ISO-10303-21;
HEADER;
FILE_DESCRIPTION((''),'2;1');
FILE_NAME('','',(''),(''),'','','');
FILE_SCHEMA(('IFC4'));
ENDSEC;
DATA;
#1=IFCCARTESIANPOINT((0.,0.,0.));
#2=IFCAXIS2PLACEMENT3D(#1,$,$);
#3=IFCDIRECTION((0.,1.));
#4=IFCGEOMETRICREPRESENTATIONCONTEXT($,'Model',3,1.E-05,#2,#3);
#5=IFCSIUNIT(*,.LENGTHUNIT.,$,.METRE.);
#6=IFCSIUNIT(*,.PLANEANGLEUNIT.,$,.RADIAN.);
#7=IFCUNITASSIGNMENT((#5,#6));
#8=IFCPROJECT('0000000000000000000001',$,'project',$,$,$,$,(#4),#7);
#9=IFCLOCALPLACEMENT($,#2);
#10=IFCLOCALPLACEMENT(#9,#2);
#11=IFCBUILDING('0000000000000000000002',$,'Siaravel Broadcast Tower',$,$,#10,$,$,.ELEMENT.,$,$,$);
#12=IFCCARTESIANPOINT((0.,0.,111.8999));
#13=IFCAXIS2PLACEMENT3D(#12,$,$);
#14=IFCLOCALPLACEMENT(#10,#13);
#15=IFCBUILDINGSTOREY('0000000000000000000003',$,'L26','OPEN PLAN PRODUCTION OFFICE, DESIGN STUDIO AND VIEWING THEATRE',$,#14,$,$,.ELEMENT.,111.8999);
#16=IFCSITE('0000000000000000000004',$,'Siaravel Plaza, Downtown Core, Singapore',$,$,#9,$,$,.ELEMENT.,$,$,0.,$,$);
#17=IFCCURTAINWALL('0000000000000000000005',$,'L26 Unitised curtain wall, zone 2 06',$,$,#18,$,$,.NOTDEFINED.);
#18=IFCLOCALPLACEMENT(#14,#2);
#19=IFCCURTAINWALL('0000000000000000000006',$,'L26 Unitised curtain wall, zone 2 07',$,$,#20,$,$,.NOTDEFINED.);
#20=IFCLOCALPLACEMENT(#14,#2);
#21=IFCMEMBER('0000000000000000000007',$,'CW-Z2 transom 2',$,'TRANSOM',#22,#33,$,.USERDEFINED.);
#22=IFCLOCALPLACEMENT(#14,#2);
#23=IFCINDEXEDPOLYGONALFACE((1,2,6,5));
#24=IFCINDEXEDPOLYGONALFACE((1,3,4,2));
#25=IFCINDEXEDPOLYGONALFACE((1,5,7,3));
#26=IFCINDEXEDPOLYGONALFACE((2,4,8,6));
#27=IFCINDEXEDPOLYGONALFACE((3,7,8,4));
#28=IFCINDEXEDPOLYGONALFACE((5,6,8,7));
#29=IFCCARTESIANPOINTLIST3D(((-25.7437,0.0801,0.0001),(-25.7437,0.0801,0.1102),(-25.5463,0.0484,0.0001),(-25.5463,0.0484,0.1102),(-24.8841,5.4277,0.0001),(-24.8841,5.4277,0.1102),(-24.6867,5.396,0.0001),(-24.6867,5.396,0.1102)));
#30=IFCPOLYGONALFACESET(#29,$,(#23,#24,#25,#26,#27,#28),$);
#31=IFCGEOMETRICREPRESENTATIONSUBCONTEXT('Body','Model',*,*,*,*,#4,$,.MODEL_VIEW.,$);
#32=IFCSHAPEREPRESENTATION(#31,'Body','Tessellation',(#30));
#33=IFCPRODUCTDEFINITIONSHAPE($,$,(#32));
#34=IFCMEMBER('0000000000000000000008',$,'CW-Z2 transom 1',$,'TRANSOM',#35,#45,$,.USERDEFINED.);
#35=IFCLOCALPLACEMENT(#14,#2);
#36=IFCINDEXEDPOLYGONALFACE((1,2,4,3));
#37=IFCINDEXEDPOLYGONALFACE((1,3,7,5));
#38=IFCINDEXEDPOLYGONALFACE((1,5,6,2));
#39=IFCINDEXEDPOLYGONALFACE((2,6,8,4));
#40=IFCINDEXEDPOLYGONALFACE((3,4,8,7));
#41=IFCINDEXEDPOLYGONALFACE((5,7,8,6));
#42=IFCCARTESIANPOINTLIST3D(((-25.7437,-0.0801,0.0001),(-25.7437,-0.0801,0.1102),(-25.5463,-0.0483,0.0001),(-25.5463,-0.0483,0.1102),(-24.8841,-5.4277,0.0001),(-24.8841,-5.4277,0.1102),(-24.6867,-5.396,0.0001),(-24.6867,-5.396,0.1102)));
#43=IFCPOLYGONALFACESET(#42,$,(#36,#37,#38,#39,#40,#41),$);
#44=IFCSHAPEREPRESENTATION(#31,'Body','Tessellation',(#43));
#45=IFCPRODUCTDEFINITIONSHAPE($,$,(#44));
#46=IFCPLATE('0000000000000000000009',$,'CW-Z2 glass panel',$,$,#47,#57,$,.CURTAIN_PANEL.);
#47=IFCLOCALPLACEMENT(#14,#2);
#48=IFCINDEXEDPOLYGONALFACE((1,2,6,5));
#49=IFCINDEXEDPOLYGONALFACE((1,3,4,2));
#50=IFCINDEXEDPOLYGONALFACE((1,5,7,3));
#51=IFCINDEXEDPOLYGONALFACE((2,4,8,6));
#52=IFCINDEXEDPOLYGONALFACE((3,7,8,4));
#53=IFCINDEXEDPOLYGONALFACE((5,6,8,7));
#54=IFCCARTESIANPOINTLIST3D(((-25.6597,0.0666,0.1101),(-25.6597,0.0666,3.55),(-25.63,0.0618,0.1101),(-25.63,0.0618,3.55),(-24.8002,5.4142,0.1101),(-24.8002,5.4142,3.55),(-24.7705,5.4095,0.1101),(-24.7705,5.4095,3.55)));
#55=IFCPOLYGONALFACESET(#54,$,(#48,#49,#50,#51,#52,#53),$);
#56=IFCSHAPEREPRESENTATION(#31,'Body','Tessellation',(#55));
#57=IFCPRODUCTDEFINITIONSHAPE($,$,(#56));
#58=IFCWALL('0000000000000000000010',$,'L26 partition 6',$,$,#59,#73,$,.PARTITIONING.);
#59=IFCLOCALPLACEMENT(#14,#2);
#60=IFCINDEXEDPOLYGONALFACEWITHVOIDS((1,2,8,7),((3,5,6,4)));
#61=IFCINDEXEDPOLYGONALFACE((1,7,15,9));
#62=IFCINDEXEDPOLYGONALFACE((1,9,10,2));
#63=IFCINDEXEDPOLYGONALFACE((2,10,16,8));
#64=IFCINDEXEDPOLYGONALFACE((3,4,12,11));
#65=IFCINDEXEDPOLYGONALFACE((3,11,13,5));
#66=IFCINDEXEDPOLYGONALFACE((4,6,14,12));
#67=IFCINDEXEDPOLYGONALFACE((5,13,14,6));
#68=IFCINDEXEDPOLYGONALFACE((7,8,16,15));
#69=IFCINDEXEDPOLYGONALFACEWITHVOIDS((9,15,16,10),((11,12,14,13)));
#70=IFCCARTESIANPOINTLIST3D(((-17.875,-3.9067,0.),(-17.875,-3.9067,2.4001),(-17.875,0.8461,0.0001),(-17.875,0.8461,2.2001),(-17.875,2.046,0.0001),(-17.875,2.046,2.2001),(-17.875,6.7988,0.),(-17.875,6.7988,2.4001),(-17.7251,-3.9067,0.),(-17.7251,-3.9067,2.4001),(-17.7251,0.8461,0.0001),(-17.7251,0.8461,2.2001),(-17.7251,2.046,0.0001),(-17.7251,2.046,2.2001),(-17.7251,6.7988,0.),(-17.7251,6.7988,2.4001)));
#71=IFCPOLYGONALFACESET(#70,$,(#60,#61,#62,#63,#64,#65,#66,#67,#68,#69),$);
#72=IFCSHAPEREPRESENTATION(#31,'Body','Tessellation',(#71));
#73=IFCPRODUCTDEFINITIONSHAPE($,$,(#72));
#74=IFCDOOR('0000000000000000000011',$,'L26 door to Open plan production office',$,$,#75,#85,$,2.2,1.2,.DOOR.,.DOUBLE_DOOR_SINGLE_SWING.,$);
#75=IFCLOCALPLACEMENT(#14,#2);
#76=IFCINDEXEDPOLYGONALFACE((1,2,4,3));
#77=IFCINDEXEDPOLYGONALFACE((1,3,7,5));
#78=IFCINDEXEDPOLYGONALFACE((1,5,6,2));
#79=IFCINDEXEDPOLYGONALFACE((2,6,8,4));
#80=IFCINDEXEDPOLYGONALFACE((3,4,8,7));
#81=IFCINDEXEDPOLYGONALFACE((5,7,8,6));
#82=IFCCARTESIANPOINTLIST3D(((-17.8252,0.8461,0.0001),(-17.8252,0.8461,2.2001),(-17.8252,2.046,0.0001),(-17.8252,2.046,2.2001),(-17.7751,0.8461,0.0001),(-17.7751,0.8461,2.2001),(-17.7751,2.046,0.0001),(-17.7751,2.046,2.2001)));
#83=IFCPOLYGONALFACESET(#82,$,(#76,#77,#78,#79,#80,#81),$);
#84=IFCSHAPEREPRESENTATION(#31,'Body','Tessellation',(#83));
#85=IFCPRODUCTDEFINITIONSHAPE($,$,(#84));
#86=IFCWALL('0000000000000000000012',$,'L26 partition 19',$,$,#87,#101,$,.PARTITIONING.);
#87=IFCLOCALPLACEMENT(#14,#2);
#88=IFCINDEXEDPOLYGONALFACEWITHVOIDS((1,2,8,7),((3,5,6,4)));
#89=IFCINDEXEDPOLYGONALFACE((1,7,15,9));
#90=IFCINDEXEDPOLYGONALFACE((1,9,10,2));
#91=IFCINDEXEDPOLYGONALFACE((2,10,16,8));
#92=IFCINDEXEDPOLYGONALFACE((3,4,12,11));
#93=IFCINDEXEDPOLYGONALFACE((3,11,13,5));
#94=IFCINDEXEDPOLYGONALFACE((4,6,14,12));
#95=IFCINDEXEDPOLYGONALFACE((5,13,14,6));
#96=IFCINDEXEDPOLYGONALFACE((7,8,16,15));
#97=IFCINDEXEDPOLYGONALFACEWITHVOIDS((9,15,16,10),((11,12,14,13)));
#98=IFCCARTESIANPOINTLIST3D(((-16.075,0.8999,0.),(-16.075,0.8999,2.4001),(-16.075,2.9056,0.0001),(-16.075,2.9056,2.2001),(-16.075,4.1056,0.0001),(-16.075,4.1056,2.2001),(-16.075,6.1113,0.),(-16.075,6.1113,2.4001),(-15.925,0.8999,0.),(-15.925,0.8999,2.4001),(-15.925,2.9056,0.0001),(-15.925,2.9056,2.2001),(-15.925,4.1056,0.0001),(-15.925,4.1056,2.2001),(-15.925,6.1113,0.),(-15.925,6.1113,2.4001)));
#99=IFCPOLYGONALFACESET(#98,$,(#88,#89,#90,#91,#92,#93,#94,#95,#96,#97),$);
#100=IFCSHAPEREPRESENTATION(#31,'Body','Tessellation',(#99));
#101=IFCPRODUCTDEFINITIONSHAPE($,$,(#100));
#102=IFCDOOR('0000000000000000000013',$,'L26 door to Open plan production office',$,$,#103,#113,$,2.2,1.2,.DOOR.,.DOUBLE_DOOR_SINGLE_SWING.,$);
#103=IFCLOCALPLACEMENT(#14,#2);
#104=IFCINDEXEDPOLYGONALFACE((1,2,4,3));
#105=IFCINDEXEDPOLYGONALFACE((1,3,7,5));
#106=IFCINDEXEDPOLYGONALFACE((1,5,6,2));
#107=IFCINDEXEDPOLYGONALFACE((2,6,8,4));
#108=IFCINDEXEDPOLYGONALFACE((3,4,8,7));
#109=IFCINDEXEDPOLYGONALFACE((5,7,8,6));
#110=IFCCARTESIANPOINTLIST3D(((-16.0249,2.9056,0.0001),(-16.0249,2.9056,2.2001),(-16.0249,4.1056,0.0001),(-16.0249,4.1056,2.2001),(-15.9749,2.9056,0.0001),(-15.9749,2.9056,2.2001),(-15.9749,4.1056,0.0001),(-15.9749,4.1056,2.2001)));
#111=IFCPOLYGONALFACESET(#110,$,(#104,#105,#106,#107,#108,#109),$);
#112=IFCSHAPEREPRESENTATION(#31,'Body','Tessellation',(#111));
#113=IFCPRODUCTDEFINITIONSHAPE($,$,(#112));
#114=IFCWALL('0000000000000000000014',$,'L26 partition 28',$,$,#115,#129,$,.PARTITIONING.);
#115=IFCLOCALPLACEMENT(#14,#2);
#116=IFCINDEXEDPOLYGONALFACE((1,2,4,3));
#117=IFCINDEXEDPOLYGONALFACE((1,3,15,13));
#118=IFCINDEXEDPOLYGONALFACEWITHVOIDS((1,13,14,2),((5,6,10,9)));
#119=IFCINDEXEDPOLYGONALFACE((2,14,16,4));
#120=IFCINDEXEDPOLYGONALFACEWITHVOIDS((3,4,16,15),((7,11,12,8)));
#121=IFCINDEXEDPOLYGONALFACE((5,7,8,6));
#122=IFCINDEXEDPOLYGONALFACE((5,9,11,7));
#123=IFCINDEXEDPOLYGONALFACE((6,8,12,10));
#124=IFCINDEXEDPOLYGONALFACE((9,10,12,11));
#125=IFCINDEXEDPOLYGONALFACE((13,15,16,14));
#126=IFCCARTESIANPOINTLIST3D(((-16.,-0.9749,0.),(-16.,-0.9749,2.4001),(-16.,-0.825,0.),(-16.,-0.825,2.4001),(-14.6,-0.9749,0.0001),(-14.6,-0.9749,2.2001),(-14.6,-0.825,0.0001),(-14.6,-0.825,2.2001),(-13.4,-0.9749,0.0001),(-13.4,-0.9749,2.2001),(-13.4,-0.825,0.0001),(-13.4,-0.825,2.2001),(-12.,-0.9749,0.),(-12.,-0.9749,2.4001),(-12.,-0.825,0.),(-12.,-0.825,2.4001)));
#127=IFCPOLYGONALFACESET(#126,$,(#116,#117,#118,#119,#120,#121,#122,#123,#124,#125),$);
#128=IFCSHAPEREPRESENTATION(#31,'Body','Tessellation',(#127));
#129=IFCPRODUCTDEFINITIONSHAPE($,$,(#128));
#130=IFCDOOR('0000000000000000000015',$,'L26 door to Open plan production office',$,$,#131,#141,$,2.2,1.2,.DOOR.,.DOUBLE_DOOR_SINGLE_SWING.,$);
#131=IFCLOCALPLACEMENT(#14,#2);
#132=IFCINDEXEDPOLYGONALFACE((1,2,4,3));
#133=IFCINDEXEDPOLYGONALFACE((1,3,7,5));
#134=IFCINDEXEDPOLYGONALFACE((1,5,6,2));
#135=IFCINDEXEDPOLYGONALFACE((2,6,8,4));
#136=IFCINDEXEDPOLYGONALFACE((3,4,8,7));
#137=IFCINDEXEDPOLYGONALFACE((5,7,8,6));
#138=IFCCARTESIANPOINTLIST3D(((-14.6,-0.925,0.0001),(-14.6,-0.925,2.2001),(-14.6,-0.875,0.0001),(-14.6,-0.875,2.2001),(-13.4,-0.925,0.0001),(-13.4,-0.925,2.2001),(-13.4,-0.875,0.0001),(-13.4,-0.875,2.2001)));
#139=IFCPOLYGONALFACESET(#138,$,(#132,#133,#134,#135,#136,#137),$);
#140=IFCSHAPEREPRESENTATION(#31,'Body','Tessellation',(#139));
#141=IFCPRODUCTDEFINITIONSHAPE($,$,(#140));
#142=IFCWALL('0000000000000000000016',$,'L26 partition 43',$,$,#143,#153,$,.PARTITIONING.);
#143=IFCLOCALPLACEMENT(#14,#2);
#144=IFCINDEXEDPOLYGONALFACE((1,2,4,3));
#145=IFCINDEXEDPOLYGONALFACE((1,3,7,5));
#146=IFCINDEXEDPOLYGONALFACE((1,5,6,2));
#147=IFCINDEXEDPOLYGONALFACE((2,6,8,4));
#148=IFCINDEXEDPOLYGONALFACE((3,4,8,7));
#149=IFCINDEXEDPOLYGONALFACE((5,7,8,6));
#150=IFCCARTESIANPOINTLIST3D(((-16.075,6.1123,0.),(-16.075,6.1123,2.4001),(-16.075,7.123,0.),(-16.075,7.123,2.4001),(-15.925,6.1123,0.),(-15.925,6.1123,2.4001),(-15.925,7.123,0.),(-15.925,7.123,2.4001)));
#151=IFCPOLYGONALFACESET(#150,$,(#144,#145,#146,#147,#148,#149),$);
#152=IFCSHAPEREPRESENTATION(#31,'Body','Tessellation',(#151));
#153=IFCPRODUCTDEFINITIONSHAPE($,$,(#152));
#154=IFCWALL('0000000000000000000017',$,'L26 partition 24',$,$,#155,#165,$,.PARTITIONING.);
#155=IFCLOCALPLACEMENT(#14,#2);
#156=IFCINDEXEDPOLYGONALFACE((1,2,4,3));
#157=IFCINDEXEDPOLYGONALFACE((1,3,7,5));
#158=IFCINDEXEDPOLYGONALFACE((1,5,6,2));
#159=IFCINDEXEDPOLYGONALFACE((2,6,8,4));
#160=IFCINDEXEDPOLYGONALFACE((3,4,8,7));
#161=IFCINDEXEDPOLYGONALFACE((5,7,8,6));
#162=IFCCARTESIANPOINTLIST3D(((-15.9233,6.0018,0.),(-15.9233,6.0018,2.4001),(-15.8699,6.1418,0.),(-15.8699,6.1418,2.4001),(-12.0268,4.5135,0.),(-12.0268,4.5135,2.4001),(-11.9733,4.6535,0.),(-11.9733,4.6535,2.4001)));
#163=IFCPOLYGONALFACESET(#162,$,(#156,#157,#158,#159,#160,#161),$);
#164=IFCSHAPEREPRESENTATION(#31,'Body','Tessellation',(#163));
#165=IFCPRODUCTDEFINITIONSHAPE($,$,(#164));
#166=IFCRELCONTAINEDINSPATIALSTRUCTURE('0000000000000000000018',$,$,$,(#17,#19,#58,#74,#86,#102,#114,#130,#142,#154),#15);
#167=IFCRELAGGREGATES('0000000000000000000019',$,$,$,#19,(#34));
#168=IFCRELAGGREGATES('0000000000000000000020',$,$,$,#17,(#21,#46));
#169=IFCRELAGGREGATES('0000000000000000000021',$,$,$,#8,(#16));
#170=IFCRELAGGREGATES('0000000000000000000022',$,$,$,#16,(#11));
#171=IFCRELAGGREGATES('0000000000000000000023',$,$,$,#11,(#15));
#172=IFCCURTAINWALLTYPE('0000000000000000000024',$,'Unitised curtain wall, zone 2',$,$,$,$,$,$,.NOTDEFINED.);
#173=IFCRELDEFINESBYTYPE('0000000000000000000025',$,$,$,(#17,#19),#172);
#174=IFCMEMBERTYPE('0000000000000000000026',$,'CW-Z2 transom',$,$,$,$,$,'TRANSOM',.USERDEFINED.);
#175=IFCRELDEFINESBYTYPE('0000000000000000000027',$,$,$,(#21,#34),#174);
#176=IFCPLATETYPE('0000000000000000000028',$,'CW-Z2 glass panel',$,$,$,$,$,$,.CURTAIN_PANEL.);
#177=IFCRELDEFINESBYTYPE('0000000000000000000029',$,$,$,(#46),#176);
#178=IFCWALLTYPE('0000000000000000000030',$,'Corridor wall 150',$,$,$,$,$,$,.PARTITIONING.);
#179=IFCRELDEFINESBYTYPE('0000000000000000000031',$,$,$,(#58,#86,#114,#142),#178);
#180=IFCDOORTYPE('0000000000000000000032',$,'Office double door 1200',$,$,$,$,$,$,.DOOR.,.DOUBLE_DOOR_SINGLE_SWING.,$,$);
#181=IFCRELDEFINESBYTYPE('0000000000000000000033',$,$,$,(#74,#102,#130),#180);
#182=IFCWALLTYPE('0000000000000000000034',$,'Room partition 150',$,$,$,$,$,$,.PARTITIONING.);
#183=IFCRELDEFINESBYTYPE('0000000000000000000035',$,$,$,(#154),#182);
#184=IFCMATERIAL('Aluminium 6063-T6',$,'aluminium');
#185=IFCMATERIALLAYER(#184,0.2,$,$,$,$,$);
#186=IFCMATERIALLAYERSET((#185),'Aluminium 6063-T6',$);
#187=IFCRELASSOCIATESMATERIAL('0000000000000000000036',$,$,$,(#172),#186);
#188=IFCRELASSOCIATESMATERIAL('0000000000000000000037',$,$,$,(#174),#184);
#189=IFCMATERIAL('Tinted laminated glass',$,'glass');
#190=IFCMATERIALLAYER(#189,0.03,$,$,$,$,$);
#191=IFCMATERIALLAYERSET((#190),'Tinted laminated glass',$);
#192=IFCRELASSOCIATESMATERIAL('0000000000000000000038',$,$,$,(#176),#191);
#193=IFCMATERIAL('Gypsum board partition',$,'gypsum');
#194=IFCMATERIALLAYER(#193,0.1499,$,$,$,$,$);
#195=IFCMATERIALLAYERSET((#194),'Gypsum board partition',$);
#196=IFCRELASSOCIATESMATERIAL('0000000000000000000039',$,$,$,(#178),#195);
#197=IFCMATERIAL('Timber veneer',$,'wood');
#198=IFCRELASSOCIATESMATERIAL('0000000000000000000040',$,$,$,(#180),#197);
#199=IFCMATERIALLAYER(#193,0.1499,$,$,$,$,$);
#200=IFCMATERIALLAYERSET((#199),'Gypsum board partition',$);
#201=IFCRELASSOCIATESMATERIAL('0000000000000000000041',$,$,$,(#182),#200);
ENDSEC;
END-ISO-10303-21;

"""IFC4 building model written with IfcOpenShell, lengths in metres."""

from ifc_helpers import new_model, si_unit, direction, frame, frame_2d, origin, origin_2d, place, context, subcontext, project, spatial, rectangle, extrude, material, layer, layer_set, material_profile, profile_set, type_object, element, fill, aggregate, save


model = new_model("IFC4")

# Units and contexts
model_context = context("Model", 3, precision=1e-05, world=origin(), true_north=direction((0.0, 1.0)))
body_context = subcontext(model_context, "Body", "Model", "MODEL_VIEW")
ifc_project = project(units=[si_unit("LENGTHUNIT", "METRE"), si_unit("PLANEANGLEUNIT", "RADIAN")], contexts=[model_context])

# Site, building, storey
site_placement = place(None, origin())
site = spatial("IfcSite", under=ifc_project, at=site_placement, Name="Siaravel Plaza, Downtown Core, Singapore", CompositionType="ELEMENT", RefElevation=0.0)
building_placement = place(site_placement, origin())
building = spatial("IfcBuilding", under=site, at=building_placement, Name="Siaravel Broadcast Tower", CompositionType="ELEMENT")
storey_placement = place(building_placement, frame((0.0, 0.0, 111.8999)))
storey = spatial("IfcBuildingStorey", under=building, at=storey_placement, Name="L26", Description="OPEN PLAN PRODUCTION OFFICE, DESIGN STUDIO AND VIEWING THEATRE", CompositionType="ELEMENT", Elevation=111.8999)

# Curtain wall
ifc_material_1 = material(Name="Aluminium 6063-T6", Category="aluminium")
ifc_layer_1 = layer(ifc_material_1, 0.2)
ifc_layer_set_1 = layer_set([ifc_layer_1], Name="Aluminium 6063-T6")
curtain_wall_type = type_object("IfcCurtainWallType", Name="Unitised curtain wall, zone 2", PredefinedType="NOTDEFINED", material=ifc_layer_set_1)
curtain_wall_1_placement = place(storey_placement, origin())
curtain_wall_1 = element("IfcCurtainWall", 1, at=curtain_wall_1_placement, inside=storey, type_object=curtain_wall_type, Name="L26 Unitised curtain wall, zone 2 06", PredefinedType="NOTDEFINED")

# Curtain wall
curtain_wall_2_placement = place(storey_placement, origin())
curtain_wall_2 = element("IfcCurtainWall", 2, at=curtain_wall_2_placement, inside=storey, type_object=curtain_wall_type, Name="L26 Unitised curtain wall, zone 2 07", PredefinedType="NOTDEFINED")

# Members
ifc_material_profile_1 = material_profile(ifc_material_1, rectangle(XDim=0.2, YDim=0.1101, at=origin_2d()))
ifc_profile_set_1 = profile_set([ifc_material_profile_1], Name="Aluminium 6063-T6")
member_type_1 = type_object("IfcMemberType", Name="CW-Z2 transom", ElementType="TRANSOM", PredefinedType="USERDEFINED", material=ifc_profile_set_1)
member_1_placement = place(storey_placement, frame((-24.7854, 5.4119, 0.0552), z_axis=(-0.158709, -0.987325, 0.0), x_axis=(0.987325, -0.158709, 0.0)))
member_1 = element("IfcMember", 3, at=member_1_placement, type_object=member_type_1, Name="CW-Z2 transom 2", ObjectType="TRANSOM", PredefinedType="USERDEFINED", context=body_context, shape_type="SweptSolid", body=[
    extrude(rectangle(XDim=0.2, YDim=0.1101, at=origin_2d()), origin(), (0.0, 0.0, 1.0), 5.4163),
])
member_2_placement = place(storey_placement, frame((-25.645, -0.0642, 0.0552), z_axis=(0.158709, -0.987325, 0.0), x_axis=(0.987325, 0.158709, 0.0)))
member_2 = element("IfcMember", 4, at=member_2_placement, type_object=member_type_1, Name="CW-Z2 transom 1", ObjectType="TRANSOM", PredefinedType="USERDEFINED", context=body_context, shape_type="SweptSolid", body=[
    extrude(rectangle(XDim=0.2, YDim=0.1101, at=origin_2d()), origin(), (0.0, 0.0, 1.0), 5.4163),
])
aggregate(curtain_wall_2, [member_2])

# Plate
ifc_material_2 = material(Name="Tinted laminated glass", Category="glass")
ifc_layer_2 = layer(ifc_material_2, 0.03)
ifc_layer_set_2 = layer_set([ifc_layer_2], Name="Tinted laminated glass")
plate_type = type_object("IfcPlateType", Name="CW-Z2 glass panel", PredefinedType="CURTAIN_PANEL", material=ifc_layer_set_2)
plate_placement = place(storey_placement, frame((-25.2151, 2.738, 0.1101), z_axis=(0.0, 0.0, 1.0), x_axis=(-0.158686, -0.987329, 0.0)))
plate = element("IfcPlate", 5, at=plate_placement, type_object=plate_type, Name="CW-Z2 glass panel", PredefinedType="CURTAIN_PANEL", context=body_context, shape_type="SweptSolid", body=[
    extrude(rectangle(XDim=5.4163, YDim=0.03, at=origin_2d()), origin(), (0.0, 0.0, 1.0), 3.4399),
])
aggregate(curtain_wall_1, [member_1, plate])

# Walls, openings, doors
ifc_material_3 = material(Name="Gypsum board partition", Category="gypsum")
ifc_layer_3 = layer(ifc_material_3, 0.1499)
ifc_layer_set_3 = layer_set([ifc_layer_3], Name="Gypsum board partition")
wall_type_1 = type_object("IfcWallType", Name="Corridor wall 150", PredefinedType="PARTITIONING", material=ifc_layer_set_3)
wall_1_placement = place(storey_placement, frame((-17.8, 6.7988, 0.0), z_axis=(0.0, 0.0, 1.0), x_axis=(0.0, -1.0, 0.0)))
wall_1 = element("IfcWall", 6, at=wall_1_placement, inside=storey, type_object=wall_type_1, Name="L26 partition 6", PredefinedType="PARTITIONING", context=body_context, shape_type="SweptSolid", body=[
    extrude(rectangle(XDim=10.7056, YDim=0.1499, at=frame_2d((5.3528, 0.0))), origin(), (0.0, 0.0, 1.0), 2.4001),
])
opening_1_placement = place(wall_1_placement, frame((4.7527, 0.0, 0.0)))
opening_1 = element("IfcOpeningElement", 7, at=opening_1_placement, cuts=wall_1, PredefinedType="OPENING", context=body_context, shape_type="SweptSolid", body=[
    extrude(rectangle(XDim=1.2, YDim=2.2, at=frame_2d((0.6001, 1.1001))), frame((0.0, 0.085, 0.0), z_axis=(0.0, -1.0, 0.0), x_axis=(1.0, 0.0, 0.0)), (0.0, 0.0, 1.0), 0.1699),
])
ifc_material_4 = material(Name="Timber veneer", Category="wood")
door_type = type_object("IfcDoorType", Name="Office double door 1200", OperationType="DOUBLE_DOOR_SINGLE_SWING", PredefinedType="DOOR", material=ifc_material_4)
door_1_placement = place(opening_1_placement, origin())
door_1 = element("IfcDoor", 8, at=door_1_placement, inside=storey, type_object=door_type, Name="L26 door to Open plan production office", OperationType="DOUBLE_DOOR_SINGLE_SWING", OverallHeight=2.2, OverallWidth=1.2, PredefinedType="DOOR", context=body_context, shape_type="SweptSolid", body=[
    extrude(rectangle(XDim=1.2, YDim=2.2, at=frame_2d((0.6001, 1.1001))), frame((0.0, 0.0249, 0.0), z_axis=(0.0, -1.0, 0.0), x_axis=(1.0, 0.0, 0.0)), (0.0, 0.0, 1.0), 0.05),
])
fill(opening_1, door_1)
wall_2_placement = place(storey_placement, frame((-16.0, 0.8999, 0.0), z_axis=(0.0, 0.0, 1.0), x_axis=(0.0, 1.0, 0.0)))
wall_2 = element("IfcWall", 9, at=wall_2_placement, inside=storey, type_object=wall_type_1, Name="L26 partition 19", PredefinedType="PARTITIONING", context=body_context, shape_type="SweptSolid", body=[
    extrude(rectangle(XDim=5.2114, YDim=0.1499, at=frame_2d((2.6057, 0.0))), origin(), (0.0, 0.0, 1.0), 2.4001),
])
opening_2_placement = place(wall_2_placement, frame((2.0056, 0.0, 0.0)))
opening_2 = element("IfcOpeningElement", 10, at=opening_2_placement, cuts=wall_2, PredefinedType="OPENING", context=body_context, shape_type="SweptSolid", body=[
    extrude(rectangle(XDim=1.2, YDim=2.2, at=frame_2d((0.6001, 1.1001))), frame((0.0, 0.085, 0.0), z_axis=(0.0, -1.0, 0.0), x_axis=(1.0, 0.0, 0.0)), (0.0, 0.0, 1.0), 0.1699),
])
door_2_placement = place(opening_2_placement, origin())
door_2 = element("IfcDoor", 11, at=door_2_placement, inside=storey, type_object=door_type, Name="L26 door to Open plan production office", OperationType="DOUBLE_DOOR_SINGLE_SWING", OverallHeight=2.2, OverallWidth=1.2, PredefinedType="DOOR", context=body_context, shape_type="SweptSolid", body=[
    extrude(rectangle(XDim=1.2, YDim=2.2, at=frame_2d((0.6001, 1.1001))), frame((0.0, 0.0249, 0.0), z_axis=(0.0, -1.0, 0.0), x_axis=(1.0, 0.0, 0.0)), (0.0, 0.0, 1.0), 0.05),
])
fill(opening_2, door_2)
wall_3_placement = place(storey_placement, frame((-16.0, -0.8999, 0.0), z_axis=(0.0, 0.0, 1.0), x_axis=(1.0, 0.0, 0.0)))
wall_3 = element("IfcWall", 12, at=wall_3_placement, inside=storey, type_object=wall_type_1, Name="L26 partition 28", PredefinedType="PARTITIONING", context=body_context, shape_type="SweptSolid", body=[
    extrude(rectangle(XDim=4.0, YDim=0.1499, at=frame_2d((2.0, 0.0))), origin(), (0.0, 0.0, 1.0), 2.4001),
])
opening_3_placement = place(wall_3_placement, frame((1.3999, 0.0, 0.0)))
opening_3 = element("IfcOpeningElement", 13, at=opening_3_placement, cuts=wall_3, PredefinedType="OPENING", context=body_context, shape_type="SweptSolid", body=[
    extrude(rectangle(XDim=1.2, YDim=2.2, at=frame_2d((0.6001, 1.1001))), frame((0.0, 0.085, 0.0), z_axis=(0.0, -1.0, 0.0), x_axis=(1.0, 0.0, 0.0)), (0.0, 0.0, 1.0), 0.1699),
])
door_3_placement = place(opening_3_placement, origin())
door_3 = element("IfcDoor", 14, at=door_3_placement, inside=storey, type_object=door_type, Name="L26 door to Open plan production office", OperationType="DOUBLE_DOOR_SINGLE_SWING", OverallHeight=2.2, OverallWidth=1.2, PredefinedType="DOOR", context=body_context, shape_type="SweptSolid", body=[
    extrude(rectangle(XDim=1.2, YDim=2.2, at=frame_2d((0.6001, 1.1001))), frame((0.0, 0.0249, 0.0), z_axis=(0.0, -1.0, 0.0), x_axis=(1.0, 0.0, 0.0)), (0.0, 0.0, 1.0), 0.05),
])
fill(opening_3, door_3)

# Walls
wall_4_placement = place(storey_placement, frame((-16.0, 6.1123, 0.0), z_axis=(0.0, 0.0, 1.0), x_axis=(0.0, 1.0, 0.0)))
element("IfcWall", 15, at=wall_4_placement, inside=storey, type_object=wall_type_1, Name="L26 partition 43", PredefinedType="PARTITIONING", context=body_context, shape_type="SweptSolid", body=[
    extrude(rectangle(XDim=1.0107, YDim=0.1499, at=frame_2d((0.5054, 0.0))), origin(), (0.0, 0.0, 1.0), 2.4001),
])
ifc_layer_4 = layer(ifc_material_3, 0.1499)
ifc_layer_set_4 = layer_set([ifc_layer_4], Name="Gypsum board partition")
wall_type_2 = type_object("IfcWallType", Name="Room partition 150", PredefinedType="PARTITIONING", material=ifc_layer_set_4)
wall_5_placement = place(storey_placement, frame((-15.8965, 6.0718, 0.0), z_axis=(0.0, 0.0, 1.0), x_axis=(0.934176, -0.356813, 0.0)))
element("IfcWall", 16, at=wall_5_placement, inside=storey, type_object=wall_type_2, Name="L26 partition 24", PredefinedType="PARTITIONING", context=body_context, shape_type="SweptSolid", body=[
    extrude(rectangle(XDim=4.1711, YDim=0.1499, at=frame_2d((2.0854, 0.0))), origin(), (0.0, 0.0, 1.0), 2.4001),
])

save(model, "model.ifc")
